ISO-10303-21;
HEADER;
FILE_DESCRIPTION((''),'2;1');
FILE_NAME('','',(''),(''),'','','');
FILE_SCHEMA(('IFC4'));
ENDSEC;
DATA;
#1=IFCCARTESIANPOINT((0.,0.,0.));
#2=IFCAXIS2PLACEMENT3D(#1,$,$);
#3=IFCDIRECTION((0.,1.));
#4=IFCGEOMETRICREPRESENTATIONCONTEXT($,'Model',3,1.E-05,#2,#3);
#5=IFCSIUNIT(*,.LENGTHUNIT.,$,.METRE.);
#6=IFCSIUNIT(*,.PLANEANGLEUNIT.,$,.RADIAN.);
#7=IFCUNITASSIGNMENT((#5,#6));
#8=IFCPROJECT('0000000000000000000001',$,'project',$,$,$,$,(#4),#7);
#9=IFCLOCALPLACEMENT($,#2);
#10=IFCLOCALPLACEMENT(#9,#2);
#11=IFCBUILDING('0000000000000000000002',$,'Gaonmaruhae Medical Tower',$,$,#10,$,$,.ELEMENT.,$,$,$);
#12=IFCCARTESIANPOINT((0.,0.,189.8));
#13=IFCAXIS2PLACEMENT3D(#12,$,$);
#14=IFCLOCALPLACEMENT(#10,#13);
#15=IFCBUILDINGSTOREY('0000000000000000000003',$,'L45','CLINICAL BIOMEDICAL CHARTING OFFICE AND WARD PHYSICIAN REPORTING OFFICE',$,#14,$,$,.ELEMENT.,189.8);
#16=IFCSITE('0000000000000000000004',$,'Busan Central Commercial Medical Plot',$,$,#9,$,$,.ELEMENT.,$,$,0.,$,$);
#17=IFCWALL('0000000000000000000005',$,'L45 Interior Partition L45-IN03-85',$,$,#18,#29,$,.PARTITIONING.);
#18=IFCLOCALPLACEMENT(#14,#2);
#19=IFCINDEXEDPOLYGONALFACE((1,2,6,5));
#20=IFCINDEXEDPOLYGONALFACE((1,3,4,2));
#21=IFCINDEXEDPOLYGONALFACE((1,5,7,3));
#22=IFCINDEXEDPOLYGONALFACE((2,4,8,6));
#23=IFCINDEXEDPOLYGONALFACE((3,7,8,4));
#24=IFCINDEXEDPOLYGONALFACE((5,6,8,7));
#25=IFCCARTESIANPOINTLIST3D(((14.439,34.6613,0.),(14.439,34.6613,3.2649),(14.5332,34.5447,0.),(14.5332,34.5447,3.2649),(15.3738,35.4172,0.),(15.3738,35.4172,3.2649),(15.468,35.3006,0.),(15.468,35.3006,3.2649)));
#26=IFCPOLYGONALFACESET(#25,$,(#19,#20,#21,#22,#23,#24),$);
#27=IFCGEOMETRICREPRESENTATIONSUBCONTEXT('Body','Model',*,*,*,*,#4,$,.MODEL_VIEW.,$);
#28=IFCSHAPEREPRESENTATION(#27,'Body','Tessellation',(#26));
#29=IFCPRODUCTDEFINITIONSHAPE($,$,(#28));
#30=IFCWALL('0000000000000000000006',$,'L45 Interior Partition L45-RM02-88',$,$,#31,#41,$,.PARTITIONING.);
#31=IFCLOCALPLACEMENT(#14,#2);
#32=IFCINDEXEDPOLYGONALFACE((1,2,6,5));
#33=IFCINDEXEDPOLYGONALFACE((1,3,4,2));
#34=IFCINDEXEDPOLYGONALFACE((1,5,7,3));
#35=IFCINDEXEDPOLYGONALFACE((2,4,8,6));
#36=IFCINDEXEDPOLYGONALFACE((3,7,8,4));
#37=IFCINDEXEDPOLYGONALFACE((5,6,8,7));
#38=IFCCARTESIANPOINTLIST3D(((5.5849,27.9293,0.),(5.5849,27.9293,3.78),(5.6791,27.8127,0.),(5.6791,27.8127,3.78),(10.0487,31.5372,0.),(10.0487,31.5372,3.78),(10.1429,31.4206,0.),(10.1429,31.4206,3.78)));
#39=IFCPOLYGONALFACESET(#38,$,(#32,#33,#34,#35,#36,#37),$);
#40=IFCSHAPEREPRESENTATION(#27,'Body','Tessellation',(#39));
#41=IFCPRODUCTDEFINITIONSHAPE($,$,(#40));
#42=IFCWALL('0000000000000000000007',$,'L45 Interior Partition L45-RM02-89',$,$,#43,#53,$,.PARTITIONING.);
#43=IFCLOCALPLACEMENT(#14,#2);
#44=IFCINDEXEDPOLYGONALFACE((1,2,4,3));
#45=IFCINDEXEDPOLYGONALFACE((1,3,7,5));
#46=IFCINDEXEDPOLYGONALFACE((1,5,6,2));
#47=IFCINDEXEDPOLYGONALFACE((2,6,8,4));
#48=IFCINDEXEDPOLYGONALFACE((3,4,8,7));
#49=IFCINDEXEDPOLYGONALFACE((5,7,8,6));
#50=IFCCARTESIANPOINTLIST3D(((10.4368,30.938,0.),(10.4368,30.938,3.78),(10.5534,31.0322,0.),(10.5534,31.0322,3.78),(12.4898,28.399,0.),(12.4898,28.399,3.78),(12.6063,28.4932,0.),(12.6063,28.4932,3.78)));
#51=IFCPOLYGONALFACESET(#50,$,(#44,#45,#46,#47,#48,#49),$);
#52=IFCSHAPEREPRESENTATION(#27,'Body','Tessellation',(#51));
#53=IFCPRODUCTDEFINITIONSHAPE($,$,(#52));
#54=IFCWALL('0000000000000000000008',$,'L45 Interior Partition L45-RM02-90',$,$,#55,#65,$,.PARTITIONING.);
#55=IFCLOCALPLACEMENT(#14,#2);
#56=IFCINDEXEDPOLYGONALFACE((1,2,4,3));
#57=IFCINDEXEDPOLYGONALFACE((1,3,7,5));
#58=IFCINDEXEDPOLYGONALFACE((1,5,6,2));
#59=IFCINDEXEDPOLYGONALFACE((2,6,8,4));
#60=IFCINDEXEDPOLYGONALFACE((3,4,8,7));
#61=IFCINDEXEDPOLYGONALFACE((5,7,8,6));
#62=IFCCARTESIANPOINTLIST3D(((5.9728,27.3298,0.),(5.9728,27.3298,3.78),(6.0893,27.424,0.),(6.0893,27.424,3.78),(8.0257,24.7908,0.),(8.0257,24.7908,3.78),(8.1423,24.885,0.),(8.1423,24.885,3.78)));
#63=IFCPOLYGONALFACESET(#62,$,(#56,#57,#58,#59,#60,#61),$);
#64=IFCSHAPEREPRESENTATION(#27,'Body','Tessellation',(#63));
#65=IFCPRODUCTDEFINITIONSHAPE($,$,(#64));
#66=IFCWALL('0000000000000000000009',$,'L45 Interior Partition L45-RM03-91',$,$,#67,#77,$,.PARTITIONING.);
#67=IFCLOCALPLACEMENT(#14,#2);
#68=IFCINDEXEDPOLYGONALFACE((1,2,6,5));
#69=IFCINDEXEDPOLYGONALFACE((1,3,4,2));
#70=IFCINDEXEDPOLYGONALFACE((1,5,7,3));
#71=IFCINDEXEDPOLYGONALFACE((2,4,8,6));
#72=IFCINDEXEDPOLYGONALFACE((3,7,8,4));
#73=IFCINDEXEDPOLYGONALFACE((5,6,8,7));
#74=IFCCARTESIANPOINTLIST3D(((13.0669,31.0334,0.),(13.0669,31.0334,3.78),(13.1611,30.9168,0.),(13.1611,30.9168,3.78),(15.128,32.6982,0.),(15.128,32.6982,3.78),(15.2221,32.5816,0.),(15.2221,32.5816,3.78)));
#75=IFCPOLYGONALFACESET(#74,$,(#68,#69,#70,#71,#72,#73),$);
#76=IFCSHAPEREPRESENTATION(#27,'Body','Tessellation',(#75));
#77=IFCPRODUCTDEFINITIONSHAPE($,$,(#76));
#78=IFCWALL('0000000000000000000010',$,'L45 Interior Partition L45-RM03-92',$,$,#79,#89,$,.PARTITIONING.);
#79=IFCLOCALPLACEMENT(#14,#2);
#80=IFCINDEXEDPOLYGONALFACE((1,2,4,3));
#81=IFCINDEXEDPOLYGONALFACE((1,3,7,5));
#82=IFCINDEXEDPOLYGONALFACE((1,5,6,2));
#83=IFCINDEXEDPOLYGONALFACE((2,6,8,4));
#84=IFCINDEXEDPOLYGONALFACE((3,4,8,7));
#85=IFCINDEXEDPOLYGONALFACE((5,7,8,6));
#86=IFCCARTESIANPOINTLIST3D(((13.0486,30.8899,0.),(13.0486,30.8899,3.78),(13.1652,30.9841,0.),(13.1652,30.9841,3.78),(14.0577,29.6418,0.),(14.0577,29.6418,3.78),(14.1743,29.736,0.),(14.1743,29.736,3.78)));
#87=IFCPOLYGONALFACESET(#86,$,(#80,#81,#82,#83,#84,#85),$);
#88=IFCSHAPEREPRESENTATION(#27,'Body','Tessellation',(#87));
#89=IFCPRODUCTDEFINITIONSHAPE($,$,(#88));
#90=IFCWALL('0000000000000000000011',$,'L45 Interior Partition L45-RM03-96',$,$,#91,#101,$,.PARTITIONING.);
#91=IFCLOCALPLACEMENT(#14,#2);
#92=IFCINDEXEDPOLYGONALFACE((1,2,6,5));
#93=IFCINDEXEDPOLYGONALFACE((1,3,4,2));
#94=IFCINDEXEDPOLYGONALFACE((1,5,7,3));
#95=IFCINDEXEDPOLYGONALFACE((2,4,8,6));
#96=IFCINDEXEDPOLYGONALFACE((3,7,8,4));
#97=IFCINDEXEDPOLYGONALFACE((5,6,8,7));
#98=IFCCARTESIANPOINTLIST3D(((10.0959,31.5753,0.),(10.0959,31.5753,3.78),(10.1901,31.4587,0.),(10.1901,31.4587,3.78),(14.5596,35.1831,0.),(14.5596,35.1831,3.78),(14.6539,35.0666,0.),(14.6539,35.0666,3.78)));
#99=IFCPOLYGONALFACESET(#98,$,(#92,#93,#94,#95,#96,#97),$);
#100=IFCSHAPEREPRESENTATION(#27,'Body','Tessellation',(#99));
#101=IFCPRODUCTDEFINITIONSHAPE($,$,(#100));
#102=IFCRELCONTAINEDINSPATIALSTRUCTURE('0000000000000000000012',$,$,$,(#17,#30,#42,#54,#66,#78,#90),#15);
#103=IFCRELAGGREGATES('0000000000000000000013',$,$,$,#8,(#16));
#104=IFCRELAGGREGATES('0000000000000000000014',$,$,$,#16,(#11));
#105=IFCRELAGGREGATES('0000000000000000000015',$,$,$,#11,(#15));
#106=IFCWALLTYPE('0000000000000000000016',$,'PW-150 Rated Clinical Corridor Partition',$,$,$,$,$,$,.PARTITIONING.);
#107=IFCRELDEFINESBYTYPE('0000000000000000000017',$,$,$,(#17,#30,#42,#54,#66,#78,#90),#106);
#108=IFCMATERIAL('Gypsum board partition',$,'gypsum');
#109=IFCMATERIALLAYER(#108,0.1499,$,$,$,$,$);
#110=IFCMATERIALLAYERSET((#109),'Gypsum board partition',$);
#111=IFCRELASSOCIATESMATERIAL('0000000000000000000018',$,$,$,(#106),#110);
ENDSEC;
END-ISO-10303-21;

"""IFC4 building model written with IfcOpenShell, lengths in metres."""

from ifc_helpers import new_model, si_unit, direction, frame, frame_2d, origin, place, context, subcontext, project, spatial, rectangle, extrude, material, layer, layer_set, type_object, element, save


model = new_model("IFC4")

# Units and contexts
model_context = context("Model", 3, precision=1e-05, world=origin(), true_north=direction((0.0, 1.0)))
body_context = subcontext(model_context, "Body", "Model", "MODEL_VIEW")
ifc_project = project(units=[si_unit("LENGTHUNIT", "METRE"), si_unit("PLANEANGLEUNIT", "RADIAN")], contexts=[model_context])

# Site, building, storey
site_placement = place(None, origin())
site = spatial("IfcSite", under=ifc_project, at=site_placement, Name="Busan Central Commercial Medical Plot", CompositionType="ELEMENT", RefElevation=0.0)
building_placement = place(site_placement, origin())
building = spatial("IfcBuilding", under=site, at=building_placement, Name="Gaonmaruhae Medical Tower", CompositionType="ELEMENT")
storey_placement = place(building_placement, frame((0.0, 0.0, 189.8)))
storey = spatial("IfcBuildingStorey", under=building, at=storey_placement, Name="L45", Description="CLINICAL BIOMEDICAL CHARTING OFFICE AND WARD PHYSICIAN REPORTING OFFICE", CompositionType="ELEMENT", Elevation=189.8)

# Shared definitions
ifc_material_1 = material(Name="Gypsum board partition", Category="gypsum")
ifc_layer_1 = layer(ifc_material_1, 0.1499)
ifc_layer_set_1 = layer_set([ifc_layer_1], Name="Gypsum board partition")
wall_type_1 = type_object("IfcWallType", Name="PW-150 Rated Clinical Corridor Partition", PredefinedType="PARTITIONING", material=ifc_layer_set_1)

# Walls
wall_1_placement = place(storey_placement, frame((14.4861, 34.603, 0.0), z_axis=(0.0, 0.0, 1.0), x_axis=(0.777609, 0.628748, 0.0)))
element("IfcWall", 1, at=wall_1_placement, inside=storey, type_object=wall_type_1, Name="L45 Interior Partition L45-IN03-85", PredefinedType="PARTITIONING", context=body_context, shape_type="SweptSolid", body=[
    extrude(rectangle(XDim=1.2021, YDim=0.1499, at=frame_2d((0.6011, 0.0))), origin(), (0.0, 0.0, 1.0), 3.2649),
])
wall_2_placement = place(storey_placement, frame((5.6321, 27.8711, 0.0), z_axis=(0.0, 0.0, 1.0), x_axis=(0.77773, 0.628598, 0.0)))
element("IfcWall", 2, at=wall_2_placement, inside=storey, type_object=wall_type_1, Name="L45 Interior Partition L45-RM02-88", PredefinedType="PARTITIONING", context=body_context, shape_type="SweptSolid", body=[
    extrude(rectangle(XDim=5.7395, YDim=0.1499, at=frame_2d((2.8696, 0.0))), origin(), (0.0, 0.0, 1.0), 3.78),
])
for number, where, z_axis, x_axis, name in (
    (3, (10.4951, 30.9851, 0.0), (0.0, 0.0, 1.0), (0.628744, -0.777612, 0.0), "L45 Interior Partition L45-RM02-89"),
    (4, (8.084, 24.8379, 0.0), (0.0, 0.0, 1.0), (-0.628744, 0.777612, 0.0), "L45 Interior Partition L45-RM02-90"),
):
    element("IfcWall", number, at=place(storey_placement, frame(where, z_axis=z_axis, x_axis=x_axis)), inside=storey, type_object=wall_type_1, Name=name, PredefinedType="PARTITIONING", context=body_context, shape_type="SweptSolid", body=[
        extrude(rectangle(XDim=3.2651, YDim=0.1499, at=frame_2d((1.6326, 0.0))), origin(), (0.0, 0.0, 1.0), 3.78),
    ])
wall_3_placement = place(storey_placement, frame((15.175, 32.6399, 0.0), z_axis=(0.0, 0.0, 1.0), x_axis=(-0.77792, -0.628363, 0.0)))
element("IfcWall", 5, at=wall_3_placement, inside=storey, type_object=wall_type_1, Name="L45 Interior Partition L45-RM03-91", PredefinedType="PARTITIONING", context=body_context, shape_type="SweptSolid", body=[
    extrude(rectangle(XDim=2.6494, YDim=0.1499, at=frame_2d((1.3247, 0.0))), origin(), (0.0, 0.0, 1.0), 3.78),
])
wall_4_placement = place(storey_placement, frame((13.1069, 30.937, 0.0), z_axis=(0.0, 0.0, 1.0), x_axis=(0.628712, -0.777638, 0.0)))
element("IfcWall", 6, at=wall_4_placement, inside=storey, type_object=wall_type_1, Name="L45 Interior Partition L45-RM03-92", PredefinedType="PARTITIONING", context=body_context, shape_type="SweptSolid", body=[
    extrude(rectangle(XDim=1.605, YDim=0.1499, at=frame_2d((0.8025, 0.0))), origin(), (0.0, 0.0, 1.0), 3.78),
])
wall_5_placement = place(storey_placement, frame((10.1431, 31.5171, 0.0), z_axis=(0.0, 0.0, 1.0), x_axis=(0.77773, 0.628598, 0.0)))
element("IfcWall", 7, at=wall_5_placement, inside=storey, type_object=wall_type_1, Name="L45 Interior Partition L45-RM03-96", PredefinedType="PARTITIONING", context=body_context, shape_type="SweptSolid", body=[
    extrude(rectangle(XDim=5.7395, YDim=0.1499, at=frame_2d((2.8696, 0.0))), origin(), (0.0, 0.0, 1.0), 3.78),
])

save(model, "model.ifc")
